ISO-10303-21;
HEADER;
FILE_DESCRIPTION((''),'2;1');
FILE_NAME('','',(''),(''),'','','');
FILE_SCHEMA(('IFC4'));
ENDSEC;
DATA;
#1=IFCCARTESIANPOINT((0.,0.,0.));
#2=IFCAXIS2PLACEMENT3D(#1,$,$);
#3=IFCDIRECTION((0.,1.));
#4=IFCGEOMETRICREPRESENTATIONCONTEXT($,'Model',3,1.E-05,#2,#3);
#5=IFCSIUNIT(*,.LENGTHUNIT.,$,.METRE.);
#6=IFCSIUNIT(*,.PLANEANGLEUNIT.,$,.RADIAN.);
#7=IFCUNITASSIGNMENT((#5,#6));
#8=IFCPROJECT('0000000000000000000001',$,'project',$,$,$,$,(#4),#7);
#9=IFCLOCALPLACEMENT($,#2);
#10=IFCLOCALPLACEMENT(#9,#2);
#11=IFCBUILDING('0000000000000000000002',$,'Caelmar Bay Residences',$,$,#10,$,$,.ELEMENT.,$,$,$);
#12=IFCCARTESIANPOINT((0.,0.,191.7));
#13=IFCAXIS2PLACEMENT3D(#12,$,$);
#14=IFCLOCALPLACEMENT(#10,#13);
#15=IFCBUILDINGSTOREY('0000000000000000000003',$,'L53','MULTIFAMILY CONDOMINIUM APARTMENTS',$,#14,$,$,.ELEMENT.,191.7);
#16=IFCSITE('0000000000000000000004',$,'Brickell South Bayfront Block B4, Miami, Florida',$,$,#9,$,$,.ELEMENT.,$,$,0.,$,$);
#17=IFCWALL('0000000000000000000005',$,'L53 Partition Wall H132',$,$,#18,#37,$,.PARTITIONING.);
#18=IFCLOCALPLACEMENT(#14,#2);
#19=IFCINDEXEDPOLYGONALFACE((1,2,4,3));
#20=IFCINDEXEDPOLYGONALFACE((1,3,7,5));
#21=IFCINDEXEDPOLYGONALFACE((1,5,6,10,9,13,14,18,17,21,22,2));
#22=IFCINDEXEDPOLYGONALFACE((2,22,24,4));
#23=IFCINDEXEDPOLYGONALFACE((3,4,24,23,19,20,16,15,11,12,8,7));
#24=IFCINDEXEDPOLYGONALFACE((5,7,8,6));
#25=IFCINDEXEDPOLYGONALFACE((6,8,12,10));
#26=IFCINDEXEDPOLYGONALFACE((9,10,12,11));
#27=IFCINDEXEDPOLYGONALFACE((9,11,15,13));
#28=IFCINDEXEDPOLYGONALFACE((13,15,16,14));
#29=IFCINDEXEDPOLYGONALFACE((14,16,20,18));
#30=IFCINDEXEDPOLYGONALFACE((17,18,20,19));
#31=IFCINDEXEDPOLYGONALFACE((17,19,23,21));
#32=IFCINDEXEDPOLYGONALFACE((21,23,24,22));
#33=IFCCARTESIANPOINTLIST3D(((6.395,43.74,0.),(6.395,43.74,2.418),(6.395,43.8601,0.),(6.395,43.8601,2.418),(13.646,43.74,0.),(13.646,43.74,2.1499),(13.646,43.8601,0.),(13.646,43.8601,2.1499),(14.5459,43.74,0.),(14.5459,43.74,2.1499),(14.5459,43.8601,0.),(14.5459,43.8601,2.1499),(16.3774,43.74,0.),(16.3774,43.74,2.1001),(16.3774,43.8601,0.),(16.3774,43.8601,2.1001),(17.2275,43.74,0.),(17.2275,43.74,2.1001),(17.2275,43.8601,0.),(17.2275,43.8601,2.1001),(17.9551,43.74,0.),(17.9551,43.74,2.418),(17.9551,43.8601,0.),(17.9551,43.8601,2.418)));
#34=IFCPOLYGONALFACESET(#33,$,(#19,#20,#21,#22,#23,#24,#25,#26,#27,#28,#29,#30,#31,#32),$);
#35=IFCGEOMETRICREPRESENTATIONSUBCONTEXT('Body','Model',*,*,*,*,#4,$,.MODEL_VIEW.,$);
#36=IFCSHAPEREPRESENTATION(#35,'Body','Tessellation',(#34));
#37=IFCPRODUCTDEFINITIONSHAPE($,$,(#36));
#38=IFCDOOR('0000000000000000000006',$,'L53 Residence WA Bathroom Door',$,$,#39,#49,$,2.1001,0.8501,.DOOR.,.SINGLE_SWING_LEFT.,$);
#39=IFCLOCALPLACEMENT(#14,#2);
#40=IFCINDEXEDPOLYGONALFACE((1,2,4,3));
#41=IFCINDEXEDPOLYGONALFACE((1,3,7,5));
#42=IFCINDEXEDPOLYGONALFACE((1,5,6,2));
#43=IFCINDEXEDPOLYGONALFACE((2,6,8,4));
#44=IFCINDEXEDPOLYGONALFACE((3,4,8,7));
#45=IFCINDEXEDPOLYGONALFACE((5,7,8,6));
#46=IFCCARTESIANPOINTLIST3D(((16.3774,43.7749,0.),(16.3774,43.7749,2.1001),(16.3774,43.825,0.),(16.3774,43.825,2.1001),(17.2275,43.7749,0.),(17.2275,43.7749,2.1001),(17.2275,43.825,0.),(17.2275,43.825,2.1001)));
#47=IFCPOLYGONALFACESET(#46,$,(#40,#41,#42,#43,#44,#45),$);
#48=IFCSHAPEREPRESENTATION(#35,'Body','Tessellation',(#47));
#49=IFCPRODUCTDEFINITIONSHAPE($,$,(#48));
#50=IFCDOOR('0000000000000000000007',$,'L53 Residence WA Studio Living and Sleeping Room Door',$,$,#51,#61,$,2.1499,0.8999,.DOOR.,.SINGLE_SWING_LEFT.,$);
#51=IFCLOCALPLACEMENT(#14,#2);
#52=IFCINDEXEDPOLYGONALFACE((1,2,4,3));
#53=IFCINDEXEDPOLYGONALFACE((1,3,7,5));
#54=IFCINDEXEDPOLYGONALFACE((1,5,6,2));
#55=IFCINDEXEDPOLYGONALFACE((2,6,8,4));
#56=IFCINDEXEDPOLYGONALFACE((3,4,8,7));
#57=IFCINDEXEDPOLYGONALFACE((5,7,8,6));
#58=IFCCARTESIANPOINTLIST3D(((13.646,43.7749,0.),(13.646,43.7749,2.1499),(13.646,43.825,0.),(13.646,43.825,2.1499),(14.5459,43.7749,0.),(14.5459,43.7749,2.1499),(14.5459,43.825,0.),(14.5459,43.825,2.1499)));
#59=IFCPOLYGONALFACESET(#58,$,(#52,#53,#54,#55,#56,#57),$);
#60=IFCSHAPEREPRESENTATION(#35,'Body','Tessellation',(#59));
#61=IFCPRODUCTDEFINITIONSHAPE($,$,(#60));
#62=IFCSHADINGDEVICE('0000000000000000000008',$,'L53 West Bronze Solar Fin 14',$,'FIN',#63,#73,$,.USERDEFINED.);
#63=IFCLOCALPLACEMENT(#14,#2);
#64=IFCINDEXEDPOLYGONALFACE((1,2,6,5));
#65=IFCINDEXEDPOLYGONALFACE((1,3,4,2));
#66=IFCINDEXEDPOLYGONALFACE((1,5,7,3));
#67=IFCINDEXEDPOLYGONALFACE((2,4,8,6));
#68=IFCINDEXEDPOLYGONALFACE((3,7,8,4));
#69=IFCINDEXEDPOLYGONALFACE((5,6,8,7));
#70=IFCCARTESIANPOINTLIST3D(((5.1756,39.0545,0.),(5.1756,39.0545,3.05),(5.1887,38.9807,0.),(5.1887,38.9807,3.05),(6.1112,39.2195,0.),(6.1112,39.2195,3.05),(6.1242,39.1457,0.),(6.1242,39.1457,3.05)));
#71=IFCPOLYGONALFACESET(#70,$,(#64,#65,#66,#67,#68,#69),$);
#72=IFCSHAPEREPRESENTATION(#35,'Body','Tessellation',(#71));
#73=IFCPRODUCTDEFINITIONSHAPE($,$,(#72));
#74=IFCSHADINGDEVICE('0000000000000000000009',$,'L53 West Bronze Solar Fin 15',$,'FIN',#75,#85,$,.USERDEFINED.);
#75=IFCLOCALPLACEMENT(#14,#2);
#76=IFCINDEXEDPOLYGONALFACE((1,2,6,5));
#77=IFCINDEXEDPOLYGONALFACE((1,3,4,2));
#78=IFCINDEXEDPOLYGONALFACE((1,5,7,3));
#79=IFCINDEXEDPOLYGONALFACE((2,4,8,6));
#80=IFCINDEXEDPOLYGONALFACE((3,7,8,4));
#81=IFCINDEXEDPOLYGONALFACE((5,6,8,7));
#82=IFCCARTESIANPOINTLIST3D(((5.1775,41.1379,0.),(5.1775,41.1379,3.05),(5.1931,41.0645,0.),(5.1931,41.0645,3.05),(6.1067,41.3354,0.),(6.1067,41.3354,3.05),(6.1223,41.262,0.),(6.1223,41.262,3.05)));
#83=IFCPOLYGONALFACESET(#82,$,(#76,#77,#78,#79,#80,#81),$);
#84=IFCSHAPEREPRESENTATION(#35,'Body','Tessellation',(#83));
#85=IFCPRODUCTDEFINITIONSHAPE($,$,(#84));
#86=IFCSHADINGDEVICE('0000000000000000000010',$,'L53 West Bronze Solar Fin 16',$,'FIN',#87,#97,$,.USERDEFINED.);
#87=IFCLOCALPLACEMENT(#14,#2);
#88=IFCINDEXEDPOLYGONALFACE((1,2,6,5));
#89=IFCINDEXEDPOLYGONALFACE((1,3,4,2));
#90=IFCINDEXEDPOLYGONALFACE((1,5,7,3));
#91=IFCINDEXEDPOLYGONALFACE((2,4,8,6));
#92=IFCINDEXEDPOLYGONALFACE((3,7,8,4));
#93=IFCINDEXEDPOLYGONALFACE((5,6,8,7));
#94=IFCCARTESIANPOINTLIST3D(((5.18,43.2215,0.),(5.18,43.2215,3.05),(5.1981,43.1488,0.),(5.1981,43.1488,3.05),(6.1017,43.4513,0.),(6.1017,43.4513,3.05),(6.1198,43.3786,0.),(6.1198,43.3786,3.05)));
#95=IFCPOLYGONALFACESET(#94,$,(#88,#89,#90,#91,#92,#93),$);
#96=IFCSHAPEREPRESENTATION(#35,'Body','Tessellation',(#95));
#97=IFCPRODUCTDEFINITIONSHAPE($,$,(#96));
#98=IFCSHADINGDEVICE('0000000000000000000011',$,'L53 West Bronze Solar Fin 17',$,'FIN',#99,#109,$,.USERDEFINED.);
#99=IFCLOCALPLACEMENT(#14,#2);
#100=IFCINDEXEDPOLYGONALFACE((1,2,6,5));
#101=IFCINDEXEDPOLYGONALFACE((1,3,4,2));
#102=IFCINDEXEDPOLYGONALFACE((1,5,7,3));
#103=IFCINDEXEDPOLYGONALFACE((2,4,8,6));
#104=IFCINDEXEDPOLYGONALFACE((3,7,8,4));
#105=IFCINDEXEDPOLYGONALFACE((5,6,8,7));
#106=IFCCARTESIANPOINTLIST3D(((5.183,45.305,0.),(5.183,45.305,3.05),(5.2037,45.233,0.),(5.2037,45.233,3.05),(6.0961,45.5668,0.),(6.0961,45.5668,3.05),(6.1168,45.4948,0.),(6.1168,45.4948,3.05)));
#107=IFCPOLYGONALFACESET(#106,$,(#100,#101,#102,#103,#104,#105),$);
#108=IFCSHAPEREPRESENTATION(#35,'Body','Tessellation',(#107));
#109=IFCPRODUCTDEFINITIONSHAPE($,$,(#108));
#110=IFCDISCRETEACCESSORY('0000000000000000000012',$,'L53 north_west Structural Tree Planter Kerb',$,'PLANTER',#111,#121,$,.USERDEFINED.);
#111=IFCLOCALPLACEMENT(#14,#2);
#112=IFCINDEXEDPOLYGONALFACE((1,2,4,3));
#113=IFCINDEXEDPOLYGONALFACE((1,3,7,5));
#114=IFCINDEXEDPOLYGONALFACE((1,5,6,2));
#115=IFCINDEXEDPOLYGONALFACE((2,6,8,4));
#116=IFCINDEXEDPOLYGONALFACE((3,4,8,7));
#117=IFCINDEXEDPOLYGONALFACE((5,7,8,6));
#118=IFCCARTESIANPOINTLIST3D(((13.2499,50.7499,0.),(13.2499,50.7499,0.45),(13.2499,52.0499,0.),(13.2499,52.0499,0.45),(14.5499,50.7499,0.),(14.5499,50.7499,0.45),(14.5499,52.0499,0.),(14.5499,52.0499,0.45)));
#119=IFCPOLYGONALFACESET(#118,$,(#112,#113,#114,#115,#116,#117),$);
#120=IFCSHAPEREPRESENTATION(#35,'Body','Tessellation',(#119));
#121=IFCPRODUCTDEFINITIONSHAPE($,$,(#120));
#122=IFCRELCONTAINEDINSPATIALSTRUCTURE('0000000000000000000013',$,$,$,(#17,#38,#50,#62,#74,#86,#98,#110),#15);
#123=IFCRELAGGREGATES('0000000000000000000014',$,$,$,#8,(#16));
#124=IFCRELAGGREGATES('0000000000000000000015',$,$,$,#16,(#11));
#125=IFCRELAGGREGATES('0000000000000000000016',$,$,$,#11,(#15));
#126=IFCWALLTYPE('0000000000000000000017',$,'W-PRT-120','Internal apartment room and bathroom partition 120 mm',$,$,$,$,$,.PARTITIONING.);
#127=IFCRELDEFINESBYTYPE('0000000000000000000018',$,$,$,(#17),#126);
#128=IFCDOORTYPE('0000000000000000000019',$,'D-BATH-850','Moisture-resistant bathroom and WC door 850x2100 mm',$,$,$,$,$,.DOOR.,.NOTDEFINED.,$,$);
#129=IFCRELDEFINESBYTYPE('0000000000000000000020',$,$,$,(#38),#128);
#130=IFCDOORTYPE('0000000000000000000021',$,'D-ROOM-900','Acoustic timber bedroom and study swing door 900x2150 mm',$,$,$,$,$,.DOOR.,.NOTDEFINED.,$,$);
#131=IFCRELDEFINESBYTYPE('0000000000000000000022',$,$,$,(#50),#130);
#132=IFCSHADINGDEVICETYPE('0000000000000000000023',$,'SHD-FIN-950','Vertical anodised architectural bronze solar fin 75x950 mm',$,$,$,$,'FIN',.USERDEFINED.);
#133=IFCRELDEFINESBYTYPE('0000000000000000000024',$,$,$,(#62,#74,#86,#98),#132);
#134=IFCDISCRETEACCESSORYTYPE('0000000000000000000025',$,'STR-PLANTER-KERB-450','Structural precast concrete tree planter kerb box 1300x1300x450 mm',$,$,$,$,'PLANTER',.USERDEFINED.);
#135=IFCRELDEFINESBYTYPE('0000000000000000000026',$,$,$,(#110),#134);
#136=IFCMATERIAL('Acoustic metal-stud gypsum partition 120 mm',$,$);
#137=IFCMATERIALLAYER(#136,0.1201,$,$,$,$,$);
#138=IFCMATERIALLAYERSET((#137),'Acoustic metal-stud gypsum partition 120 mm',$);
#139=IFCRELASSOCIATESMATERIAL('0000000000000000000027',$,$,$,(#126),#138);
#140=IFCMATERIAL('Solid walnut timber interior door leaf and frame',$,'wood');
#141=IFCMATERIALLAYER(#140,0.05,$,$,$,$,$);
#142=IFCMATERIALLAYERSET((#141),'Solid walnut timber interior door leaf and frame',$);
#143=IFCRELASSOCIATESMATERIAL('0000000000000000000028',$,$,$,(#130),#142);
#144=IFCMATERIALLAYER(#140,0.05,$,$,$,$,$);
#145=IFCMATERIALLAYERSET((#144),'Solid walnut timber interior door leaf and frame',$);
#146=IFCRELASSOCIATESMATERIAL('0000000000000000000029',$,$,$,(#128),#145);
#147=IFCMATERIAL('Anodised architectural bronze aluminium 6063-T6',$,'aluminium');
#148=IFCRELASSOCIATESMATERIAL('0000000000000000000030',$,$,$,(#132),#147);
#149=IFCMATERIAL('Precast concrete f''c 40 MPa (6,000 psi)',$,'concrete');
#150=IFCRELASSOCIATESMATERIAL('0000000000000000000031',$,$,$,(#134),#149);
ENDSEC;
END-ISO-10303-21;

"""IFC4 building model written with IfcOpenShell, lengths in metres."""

from ifc_helpers import new_model, si_unit, direction, frame, frame_2d, origin, origin_2d, place, context, subcontext, project, spatial, rectangle, extrude, material, layer, layer_set, material_profile, profile_set, type_object, element, fill, save


model = new_model("IFC4")

# Units and contexts
model_context = context("Model", 3, precision=1e-05, world=origin(), true_north=direction((0.0, 1.0)))
body_context = subcontext(model_context, "Body", "Model", "MODEL_VIEW")
ifc_project = project(units=[si_unit("LENGTHUNIT", "METRE"), si_unit("PLANEANGLEUNIT", "RADIAN")], contexts=[model_context])

# Site, building, storey
site_placement = place(None, origin())
site = spatial("IfcSite", under=ifc_project, at=site_placement, Name="Brickell South Bayfront Block B4, Miami, Florida", CompositionType="ELEMENT", RefElevation=0.0)
building_placement = place(site_placement, origin())
building = spatial("IfcBuilding", under=site, at=building_placement, Name="Caelmar Bay Residences", CompositionType="ELEMENT")
storey_placement = place(building_placement, frame((0.0, 0.0, 191.7)))
storey = spatial("IfcBuildingStorey", under=building, at=storey_placement, Name="L53", Description="MULTIFAMILY CONDOMINIUM APARTMENTS", CompositionType="ELEMENT", Elevation=191.7)

# Shared definitions
ifc_material_1 = material(Name="Precast concrete f'c 40 MPa (6,000 psi)", Category="concrete")

# Shared definitions
ifc_material_2 = material(Name="Acoustic metal-stud gypsum partition 120 mm")
ifc_layer_1 = layer(ifc_material_2, 0.1201)
ifc_layer_set_1 = layer_set([ifc_layer_1], Name="Acoustic metal-stud gypsum partition 120 mm")
wall_type_1 = type_object("IfcWallType", Name="W-PRT-120", Description="Internal apartment room and bathroom partition 120 mm", PredefinedType="PARTITIONING", material=ifc_layer_set_1)
ifc_material_3 = material(Name="Solid walnut timber interior door leaf and frame", Category="wood")
ifc_layer_2 = layer(ifc_material_3, 0.05)
ifc_layer_set_2 = layer_set([ifc_layer_2], Name="Solid walnut timber interior door leaf and frame")
door_type_1 = type_object("IfcDoorType", Name="D-ROOM-900", Description="Acoustic timber bedroom and study swing door 900x2150 mm", OperationType="NOTDEFINED", PredefinedType="DOOR", material=ifc_layer_set_2)

# Wall, openings, doors
wall_1_placement = place(storey_placement, frame((6.395, 43.8, 0.0), z_axis=(0.0, 0.0, 1.0), x_axis=(1.0, 0.0, 0.0)))
wall_1 = element("IfcWall", 1, at=wall_1_placement, inside=storey, type_object=wall_type_1, Name="L53 Partition Wall H132", PredefinedType="PARTITIONING", context=body_context, shape_type="SweptSolid", body=[
    extrude(rectangle(XDim=11.5601, YDim=0.1201, at=frame_2d((5.78, 0.0))), origin(), (0.0, 0.0, 1.0), 2.418),
])
opening_1_placement = place(wall_1_placement, frame((7.251, 0.0, 0.0)))
opening_1 = element("IfcOpeningElement", 2, at=opening_1_placement, cuts=wall_1, PredefinedType="OPENING", context=body_context, shape_type="SweptSolid", body=[
    extrude(rectangle(XDim=0.8999, YDim=2.1499, at=frame_2d((0.45, 1.075))), frame((0.0, 0.0701, 0.0), z_axis=(0.0, -1.0, 0.0), x_axis=(1.0, 0.0, 0.0)), (0.0, 0.0, 1.0), 0.1401),
])
opening_2_placement = place(wall_1_placement, frame((9.9824, 0.0, 0.0)))
opening_2 = element("IfcOpeningElement", 3, at=opening_2_placement, cuts=wall_1, PredefinedType="OPENING", context=body_context, shape_type="SweptSolid", body=[
    extrude(rectangle(XDim=0.8501, YDim=2.1001, at=frame_2d((0.425, 1.05))), frame((0.0, 0.0701, 0.0), z_axis=(0.0, -1.0, 0.0), x_axis=(1.0, 0.0, 0.0)), (0.0, 0.0, 1.0), 0.1401),
])
ifc_layer_3 = layer(ifc_material_3, 0.05)
ifc_layer_set_3 = layer_set([ifc_layer_3], Name="Solid walnut timber interior door leaf and frame")
door_type_2 = type_object("IfcDoorType", Name="D-BATH-850", Description="Moisture-resistant bathroom and WC door 850x2100 mm", OperationType="NOTDEFINED", PredefinedType="DOOR", material=ifc_layer_set_3)
door_1_placement = place(opening_2_placement, origin())
door_1 = element("IfcDoor", 4, at=door_1_placement, inside=storey, type_object=door_type_2, Name="L53 Residence WA Bathroom Door", OperationType="SINGLE_SWING_LEFT", OverallHeight=2.1001, OverallWidth=0.8501, PredefinedType="DOOR", context=body_context, shape_type="SweptSolid", body=[
    extrude(rectangle(XDim=0.8501, YDim=2.1001, at=frame_2d((0.425, 1.05))), frame((0.0, 0.0249, 0.0), z_axis=(0.0, -1.0, 0.0), x_axis=(1.0, 0.0, 0.0)), (0.0, 0.0, 1.0), 0.05),
])
fill(opening_2, door_1)
door_2_placement = place(opening_1_placement, origin())
door_2 = element("IfcDoor", 5, at=door_2_placement, inside=storey, type_object=door_type_1, Name="L53 Residence WA Studio Living and Sleeping Room Door", OperationType="SINGLE_SWING_LEFT", OverallHeight=2.1499, OverallWidth=0.8999, PredefinedType="DOOR", context=body_context, shape_type="SweptSolid", body=[
    extrude(rectangle(XDim=0.8999, YDim=2.1499, at=frame_2d((0.45, 1.075))), frame((0.0, 0.0249, 0.0), z_axis=(0.0, -1.0, 0.0), x_axis=(1.0, 0.0, 0.0)), (0.0, 0.0, 1.0), 0.05),
])
fill(opening_1, door_2)

# Shading devices
ifc_material_4 = material(Name="Anodised architectural bronze aluminium 6063-T6", Category="aluminium")
ifc_material_profile_1 = material_profile(ifc_material_4, rectangle(XDim=0.075, YDim=0.95, at=origin_2d()), Name="BRONZE-FIN-75X950")
ifc_profile_set_1 = profile_set([ifc_material_profile_1], Name="Anodised architectural bronze aluminium 6063-T6")
shading_device_type = type_object("IfcShadingDeviceType", Name="SHD-FIN-950", Description="Vertical anodised architectural bronze solar fin 75x950 mm", ElementType="FIN", PredefinedType="USERDEFINED", material=ifc_profile_set_1)
for number, where, z_axis, x_axis, name in (
    (6, (5.6499, 39.1001, 0.0), (0.0, 0.0, 1.0), (-0.173648, 0.984808, 0.0), "L53 West Bronze Solar Fin 14"),
    (7, (5.6499, 41.2, 0.0), (0.0, 0.0, 1.0), (-0.207912, 0.978148, 0.0), "L53 West Bronze Solar Fin 15"),
    (8, (5.6499, 43.3, 0.0), (0.0, 0.0, 1.0), (-0.241922, 0.970296, 0.0), "L53 West Bronze Solar Fin 16"),
    (9, (5.6499, 45.3999, 0.0), (0.0, 0.0, 1.0), (-0.275637, 0.961262, 0.0), "L53 West Bronze Solar Fin 17"),
):
    element("IfcShadingDevice", number, at=place(storey_placement, frame(where, z_axis=z_axis, x_axis=x_axis)), inside=storey, type_object=shading_device_type, Name=name, ObjectType="FIN", PredefinedType="USERDEFINED", context=body_context, shape_type="SweptSolid", body=[
        extrude(rectangle(XDim=0.075, YDim=0.95, at=origin_2d()), origin(), (0.0, 0.0, 1.0), 3.05),
    ])

# Discrete accessory
discrete_accessory_type = type_object("IfcDiscreteAccessoryType", Name="STR-PLANTER-KERB-450", Description="Structural precast concrete tree planter kerb box 1300x1300x450 mm", ElementType="PLANTER", PredefinedType="USERDEFINED", material=ifc_material_1)
discrete_accessory_placement = place(storey_placement, frame((13.8999, 51.3999, 0.0), z_axis=(0.0, 0.0, 1.0), x_axis=(1.0, 0.0, 0.0)))
element("IfcDiscreteAccessory", 10, at=discrete_accessory_placement, inside=storey, type_object=discrete_accessory_type, Name="L53 north_west Structural Tree Planter Kerb", ObjectType="PLANTER", PredefinedType="USERDEFINED", context=body_context, shape_type="SweptSolid", body=[
    extrude(rectangle(XDim=1.3, YDim=1.3, at=origin_2d()), origin(), (0.0, 0.0, 1.0), 0.45),
])

save(model, "model.ifc")
